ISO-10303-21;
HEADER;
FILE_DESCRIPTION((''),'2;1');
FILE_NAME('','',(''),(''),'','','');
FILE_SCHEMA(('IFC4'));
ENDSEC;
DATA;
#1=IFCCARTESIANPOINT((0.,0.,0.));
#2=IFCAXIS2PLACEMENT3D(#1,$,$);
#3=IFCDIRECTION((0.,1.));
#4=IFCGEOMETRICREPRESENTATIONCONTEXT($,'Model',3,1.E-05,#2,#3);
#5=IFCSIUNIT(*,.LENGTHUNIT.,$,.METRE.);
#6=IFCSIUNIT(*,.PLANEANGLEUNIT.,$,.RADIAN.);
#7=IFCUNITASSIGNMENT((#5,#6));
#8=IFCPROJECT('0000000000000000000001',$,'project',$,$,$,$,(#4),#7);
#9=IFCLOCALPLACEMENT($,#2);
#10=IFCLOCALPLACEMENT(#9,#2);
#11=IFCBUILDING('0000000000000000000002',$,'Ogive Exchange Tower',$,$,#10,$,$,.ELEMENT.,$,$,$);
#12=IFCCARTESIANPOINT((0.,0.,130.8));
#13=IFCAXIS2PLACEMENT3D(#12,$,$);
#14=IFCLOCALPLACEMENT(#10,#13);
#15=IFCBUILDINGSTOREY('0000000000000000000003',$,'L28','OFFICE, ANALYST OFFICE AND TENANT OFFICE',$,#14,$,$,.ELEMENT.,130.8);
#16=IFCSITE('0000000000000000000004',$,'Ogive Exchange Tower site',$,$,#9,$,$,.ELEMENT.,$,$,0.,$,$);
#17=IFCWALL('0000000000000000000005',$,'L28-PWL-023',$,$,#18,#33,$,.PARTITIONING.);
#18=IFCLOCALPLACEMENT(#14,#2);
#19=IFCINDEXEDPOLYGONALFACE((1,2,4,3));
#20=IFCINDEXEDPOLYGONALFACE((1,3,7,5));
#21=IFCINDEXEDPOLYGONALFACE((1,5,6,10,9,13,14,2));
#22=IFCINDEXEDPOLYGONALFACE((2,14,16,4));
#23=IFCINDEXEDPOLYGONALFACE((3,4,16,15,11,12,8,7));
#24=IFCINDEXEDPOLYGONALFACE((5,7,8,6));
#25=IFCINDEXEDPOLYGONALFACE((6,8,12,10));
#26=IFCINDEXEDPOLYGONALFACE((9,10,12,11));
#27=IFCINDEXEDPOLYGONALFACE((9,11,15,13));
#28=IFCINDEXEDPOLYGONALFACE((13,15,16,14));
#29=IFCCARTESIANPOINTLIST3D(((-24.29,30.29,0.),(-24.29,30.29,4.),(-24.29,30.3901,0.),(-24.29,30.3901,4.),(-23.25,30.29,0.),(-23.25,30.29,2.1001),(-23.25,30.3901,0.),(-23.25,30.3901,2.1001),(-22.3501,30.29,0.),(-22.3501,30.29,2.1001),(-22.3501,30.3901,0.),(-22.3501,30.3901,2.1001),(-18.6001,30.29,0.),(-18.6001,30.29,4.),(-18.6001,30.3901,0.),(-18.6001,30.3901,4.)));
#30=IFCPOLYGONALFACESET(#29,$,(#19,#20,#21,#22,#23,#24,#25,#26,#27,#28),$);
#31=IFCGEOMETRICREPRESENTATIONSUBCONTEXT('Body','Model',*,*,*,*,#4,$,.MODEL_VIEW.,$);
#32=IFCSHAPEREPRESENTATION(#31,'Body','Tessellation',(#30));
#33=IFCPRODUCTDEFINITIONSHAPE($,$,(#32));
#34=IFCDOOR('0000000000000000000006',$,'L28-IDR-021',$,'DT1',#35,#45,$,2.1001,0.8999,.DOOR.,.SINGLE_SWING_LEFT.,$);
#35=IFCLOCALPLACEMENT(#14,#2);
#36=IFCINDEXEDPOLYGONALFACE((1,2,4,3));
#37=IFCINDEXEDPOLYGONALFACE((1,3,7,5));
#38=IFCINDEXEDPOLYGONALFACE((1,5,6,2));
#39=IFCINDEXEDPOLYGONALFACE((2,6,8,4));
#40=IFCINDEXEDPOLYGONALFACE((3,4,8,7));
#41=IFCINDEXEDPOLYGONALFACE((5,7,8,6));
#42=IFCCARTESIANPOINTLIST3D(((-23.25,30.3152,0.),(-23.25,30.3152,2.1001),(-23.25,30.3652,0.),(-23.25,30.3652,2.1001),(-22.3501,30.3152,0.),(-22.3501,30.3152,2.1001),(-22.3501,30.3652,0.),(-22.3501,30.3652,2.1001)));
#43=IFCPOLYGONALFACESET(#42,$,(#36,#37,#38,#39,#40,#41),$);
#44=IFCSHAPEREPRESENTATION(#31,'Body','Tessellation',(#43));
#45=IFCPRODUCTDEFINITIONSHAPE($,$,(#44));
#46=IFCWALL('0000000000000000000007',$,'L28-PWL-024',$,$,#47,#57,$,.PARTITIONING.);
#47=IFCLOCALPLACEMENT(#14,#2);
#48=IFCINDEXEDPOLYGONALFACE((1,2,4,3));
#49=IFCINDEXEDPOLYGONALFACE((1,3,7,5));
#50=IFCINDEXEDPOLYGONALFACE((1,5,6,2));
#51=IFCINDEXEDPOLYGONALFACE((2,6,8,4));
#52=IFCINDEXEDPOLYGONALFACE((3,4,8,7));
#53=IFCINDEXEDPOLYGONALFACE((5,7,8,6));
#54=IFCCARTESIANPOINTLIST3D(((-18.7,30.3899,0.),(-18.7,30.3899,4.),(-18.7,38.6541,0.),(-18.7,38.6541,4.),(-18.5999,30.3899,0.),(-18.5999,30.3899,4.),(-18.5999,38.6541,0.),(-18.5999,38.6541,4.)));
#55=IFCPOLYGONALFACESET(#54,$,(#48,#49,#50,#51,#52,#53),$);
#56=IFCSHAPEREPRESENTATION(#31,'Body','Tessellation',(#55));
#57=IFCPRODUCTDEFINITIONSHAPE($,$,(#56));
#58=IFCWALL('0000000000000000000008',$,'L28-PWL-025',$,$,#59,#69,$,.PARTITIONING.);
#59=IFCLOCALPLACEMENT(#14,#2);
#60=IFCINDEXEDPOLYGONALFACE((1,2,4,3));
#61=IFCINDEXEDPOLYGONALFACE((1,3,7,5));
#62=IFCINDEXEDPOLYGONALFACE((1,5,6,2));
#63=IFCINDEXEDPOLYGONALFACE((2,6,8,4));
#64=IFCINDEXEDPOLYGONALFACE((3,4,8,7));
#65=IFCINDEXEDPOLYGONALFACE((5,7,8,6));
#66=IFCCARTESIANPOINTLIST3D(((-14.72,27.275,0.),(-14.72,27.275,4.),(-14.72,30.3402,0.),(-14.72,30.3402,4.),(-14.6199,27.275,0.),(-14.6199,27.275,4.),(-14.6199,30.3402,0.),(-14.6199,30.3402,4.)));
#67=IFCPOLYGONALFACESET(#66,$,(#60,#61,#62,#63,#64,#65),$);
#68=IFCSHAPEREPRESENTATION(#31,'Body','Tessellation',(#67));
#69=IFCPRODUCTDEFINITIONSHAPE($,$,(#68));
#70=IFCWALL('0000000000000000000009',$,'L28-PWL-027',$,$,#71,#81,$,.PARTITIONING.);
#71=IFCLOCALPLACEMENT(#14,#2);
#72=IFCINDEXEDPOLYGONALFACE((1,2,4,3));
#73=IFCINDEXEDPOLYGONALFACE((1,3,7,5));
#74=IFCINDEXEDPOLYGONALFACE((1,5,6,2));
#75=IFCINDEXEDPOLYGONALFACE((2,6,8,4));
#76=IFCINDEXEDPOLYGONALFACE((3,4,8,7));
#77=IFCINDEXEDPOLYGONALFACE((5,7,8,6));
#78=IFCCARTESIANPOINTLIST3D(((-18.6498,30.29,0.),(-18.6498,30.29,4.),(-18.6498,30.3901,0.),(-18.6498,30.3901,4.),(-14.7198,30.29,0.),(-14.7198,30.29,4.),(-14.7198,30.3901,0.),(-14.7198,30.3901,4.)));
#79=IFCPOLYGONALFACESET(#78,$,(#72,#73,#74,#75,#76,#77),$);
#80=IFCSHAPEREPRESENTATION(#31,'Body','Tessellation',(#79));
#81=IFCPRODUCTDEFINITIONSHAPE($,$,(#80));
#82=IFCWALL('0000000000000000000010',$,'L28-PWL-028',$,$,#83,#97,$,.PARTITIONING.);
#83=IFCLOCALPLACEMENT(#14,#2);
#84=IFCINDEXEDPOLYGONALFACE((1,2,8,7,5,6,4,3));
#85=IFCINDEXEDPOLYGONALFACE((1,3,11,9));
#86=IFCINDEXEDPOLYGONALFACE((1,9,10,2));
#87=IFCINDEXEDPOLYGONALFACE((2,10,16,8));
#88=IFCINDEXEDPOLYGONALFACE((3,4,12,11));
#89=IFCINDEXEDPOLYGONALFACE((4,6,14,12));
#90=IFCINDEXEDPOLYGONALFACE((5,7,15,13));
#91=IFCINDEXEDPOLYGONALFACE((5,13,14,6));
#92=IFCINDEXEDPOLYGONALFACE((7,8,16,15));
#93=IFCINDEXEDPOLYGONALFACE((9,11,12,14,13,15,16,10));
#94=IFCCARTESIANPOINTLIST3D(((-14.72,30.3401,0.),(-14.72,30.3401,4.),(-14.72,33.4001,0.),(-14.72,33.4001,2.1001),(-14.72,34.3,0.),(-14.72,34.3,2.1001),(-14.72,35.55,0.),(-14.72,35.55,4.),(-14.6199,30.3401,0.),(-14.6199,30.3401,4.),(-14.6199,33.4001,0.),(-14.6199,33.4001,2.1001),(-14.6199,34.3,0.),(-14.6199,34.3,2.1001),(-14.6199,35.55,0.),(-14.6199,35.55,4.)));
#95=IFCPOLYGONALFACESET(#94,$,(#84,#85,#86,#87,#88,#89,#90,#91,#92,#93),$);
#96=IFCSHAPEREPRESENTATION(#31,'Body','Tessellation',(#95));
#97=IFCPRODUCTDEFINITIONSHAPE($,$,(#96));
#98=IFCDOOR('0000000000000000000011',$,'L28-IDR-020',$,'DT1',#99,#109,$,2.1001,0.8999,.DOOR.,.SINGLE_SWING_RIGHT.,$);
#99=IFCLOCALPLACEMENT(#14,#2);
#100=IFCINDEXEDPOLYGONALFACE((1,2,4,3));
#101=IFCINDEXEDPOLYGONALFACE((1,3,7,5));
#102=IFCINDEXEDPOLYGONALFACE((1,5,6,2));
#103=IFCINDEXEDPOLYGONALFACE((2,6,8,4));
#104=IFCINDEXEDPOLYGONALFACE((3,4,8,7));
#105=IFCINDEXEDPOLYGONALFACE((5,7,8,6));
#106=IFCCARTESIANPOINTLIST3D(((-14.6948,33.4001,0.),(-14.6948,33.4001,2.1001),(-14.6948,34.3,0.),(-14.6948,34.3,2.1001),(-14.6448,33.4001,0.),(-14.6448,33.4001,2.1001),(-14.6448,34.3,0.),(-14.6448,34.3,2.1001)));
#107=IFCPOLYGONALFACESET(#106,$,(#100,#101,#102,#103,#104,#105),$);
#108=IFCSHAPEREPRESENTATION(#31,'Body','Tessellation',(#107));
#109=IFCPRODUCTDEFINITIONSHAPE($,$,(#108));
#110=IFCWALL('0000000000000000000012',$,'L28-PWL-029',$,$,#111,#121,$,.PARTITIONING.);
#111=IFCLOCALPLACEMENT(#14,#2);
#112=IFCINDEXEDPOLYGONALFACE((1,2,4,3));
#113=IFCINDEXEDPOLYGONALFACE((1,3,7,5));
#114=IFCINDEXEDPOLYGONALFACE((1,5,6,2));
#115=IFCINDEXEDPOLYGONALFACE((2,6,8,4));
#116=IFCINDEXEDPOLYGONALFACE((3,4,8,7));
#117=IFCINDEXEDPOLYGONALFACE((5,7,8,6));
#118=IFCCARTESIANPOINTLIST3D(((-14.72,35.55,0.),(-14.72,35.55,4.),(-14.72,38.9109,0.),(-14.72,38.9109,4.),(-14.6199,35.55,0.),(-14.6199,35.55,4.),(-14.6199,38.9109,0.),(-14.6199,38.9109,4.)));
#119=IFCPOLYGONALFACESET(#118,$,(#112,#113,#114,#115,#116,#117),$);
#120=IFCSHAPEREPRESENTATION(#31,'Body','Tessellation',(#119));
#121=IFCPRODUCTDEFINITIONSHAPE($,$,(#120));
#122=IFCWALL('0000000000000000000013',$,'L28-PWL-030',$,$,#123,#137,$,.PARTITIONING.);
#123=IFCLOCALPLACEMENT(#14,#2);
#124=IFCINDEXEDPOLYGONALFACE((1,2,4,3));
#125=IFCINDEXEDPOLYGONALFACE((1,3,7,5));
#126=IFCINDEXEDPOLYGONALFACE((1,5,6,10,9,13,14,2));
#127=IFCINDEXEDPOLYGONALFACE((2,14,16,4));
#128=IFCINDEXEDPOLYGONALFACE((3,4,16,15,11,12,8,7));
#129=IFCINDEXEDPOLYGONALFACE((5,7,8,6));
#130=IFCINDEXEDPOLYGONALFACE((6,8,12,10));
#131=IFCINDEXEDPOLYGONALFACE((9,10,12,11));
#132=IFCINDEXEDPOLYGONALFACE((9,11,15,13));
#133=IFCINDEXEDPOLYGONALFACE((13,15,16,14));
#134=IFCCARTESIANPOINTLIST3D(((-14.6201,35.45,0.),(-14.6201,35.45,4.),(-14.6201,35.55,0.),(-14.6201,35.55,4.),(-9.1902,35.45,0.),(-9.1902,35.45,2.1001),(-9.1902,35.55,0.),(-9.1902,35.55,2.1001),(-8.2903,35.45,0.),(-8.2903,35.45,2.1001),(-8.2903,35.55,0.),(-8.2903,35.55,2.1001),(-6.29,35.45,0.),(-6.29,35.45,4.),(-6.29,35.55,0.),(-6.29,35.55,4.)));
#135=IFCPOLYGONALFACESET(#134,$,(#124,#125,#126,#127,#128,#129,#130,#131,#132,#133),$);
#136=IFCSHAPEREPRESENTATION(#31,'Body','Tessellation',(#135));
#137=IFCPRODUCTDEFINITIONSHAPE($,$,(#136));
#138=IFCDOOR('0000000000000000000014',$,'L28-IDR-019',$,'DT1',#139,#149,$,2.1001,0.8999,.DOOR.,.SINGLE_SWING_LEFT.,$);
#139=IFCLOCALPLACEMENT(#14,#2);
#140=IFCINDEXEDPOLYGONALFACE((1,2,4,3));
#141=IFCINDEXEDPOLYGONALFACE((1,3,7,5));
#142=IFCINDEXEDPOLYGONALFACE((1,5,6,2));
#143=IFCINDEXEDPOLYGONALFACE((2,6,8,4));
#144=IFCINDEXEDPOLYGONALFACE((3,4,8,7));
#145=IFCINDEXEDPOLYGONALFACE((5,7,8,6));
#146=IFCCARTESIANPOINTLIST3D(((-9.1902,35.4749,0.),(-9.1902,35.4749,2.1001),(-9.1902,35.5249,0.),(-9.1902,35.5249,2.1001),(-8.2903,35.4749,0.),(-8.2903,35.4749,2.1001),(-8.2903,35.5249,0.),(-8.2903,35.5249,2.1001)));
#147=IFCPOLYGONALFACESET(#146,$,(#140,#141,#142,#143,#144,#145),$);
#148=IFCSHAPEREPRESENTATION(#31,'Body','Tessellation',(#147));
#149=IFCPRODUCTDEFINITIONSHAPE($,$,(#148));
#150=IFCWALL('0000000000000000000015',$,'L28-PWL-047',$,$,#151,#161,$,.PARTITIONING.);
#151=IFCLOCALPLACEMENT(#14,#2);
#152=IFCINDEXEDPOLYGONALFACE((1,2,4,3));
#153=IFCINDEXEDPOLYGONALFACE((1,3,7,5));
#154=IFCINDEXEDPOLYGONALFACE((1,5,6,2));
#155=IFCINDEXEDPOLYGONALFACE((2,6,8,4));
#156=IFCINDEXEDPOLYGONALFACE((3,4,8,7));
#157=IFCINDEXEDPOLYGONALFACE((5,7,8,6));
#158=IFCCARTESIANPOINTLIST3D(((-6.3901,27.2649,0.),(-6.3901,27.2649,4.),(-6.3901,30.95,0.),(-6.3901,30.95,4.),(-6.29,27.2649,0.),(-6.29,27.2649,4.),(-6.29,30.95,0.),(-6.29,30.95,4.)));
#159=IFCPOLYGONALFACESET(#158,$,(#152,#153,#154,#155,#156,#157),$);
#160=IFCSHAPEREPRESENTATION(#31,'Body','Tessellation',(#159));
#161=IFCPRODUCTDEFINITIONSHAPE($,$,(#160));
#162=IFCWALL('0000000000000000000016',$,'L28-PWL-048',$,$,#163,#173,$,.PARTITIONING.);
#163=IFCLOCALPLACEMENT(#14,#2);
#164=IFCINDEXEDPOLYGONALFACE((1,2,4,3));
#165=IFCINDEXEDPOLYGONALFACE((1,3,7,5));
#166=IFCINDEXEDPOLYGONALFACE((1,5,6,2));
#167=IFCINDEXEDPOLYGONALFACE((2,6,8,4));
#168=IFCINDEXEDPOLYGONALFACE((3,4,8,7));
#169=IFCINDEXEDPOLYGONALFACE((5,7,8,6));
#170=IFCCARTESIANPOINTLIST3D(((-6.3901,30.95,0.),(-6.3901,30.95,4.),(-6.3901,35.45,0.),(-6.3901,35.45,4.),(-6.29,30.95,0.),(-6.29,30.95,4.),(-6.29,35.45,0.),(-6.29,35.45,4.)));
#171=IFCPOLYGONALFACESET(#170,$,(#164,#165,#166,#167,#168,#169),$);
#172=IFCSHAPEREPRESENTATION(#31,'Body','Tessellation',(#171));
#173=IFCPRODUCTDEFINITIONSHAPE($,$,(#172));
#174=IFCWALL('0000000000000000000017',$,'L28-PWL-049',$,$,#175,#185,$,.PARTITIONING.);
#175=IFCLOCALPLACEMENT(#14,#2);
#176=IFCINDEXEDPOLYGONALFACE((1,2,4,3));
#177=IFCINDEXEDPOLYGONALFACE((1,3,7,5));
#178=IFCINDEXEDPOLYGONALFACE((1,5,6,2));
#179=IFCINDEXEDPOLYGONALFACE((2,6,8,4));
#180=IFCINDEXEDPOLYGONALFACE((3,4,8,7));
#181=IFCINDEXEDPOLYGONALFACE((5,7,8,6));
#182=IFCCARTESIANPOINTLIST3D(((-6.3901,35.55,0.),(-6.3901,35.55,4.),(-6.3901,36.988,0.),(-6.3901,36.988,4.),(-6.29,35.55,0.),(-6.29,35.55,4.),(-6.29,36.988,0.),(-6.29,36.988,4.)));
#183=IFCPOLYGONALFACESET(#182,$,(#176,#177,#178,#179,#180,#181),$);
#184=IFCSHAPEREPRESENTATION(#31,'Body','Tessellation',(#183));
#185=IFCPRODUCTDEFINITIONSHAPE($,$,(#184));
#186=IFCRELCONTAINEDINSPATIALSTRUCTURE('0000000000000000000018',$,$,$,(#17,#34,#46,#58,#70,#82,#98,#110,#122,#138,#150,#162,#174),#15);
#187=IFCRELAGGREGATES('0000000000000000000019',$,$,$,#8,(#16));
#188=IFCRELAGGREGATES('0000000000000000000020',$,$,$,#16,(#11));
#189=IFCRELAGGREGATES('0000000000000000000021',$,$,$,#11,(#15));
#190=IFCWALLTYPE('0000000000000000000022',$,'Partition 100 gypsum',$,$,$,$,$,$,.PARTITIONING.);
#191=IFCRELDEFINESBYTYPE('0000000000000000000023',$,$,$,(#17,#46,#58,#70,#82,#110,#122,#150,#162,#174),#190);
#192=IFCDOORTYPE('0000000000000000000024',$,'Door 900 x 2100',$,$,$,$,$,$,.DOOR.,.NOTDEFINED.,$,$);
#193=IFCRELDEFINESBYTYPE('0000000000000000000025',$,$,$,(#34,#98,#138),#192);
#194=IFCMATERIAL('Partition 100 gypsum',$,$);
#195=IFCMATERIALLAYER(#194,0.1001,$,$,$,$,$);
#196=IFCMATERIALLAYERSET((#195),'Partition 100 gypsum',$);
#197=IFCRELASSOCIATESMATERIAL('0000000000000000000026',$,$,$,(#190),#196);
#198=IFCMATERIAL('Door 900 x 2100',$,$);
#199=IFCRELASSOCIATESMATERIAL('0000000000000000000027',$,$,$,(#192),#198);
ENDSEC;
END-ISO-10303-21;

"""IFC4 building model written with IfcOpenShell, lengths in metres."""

from ifc_helpers import new_model, si_unit, direction, frame, frame_2d, origin, place, context, subcontext, project, spatial, rectangle, extrude, material, layer, layer_set, type_object, element, fill, save


model = new_model("IFC4")

# Units and contexts
model_context = context("Model", 3, precision=1e-05, world=origin(), true_north=direction((0.0, 1.0)))
body_context = subcontext(model_context, "Body", "Model", "MODEL_VIEW")
ifc_project = project(units=[si_unit("LENGTHUNIT", "METRE"), si_unit("PLANEANGLEUNIT", "RADIAN")], contexts=[model_context])

# Site, building, storey
site_placement = place(None, origin())
site = spatial("IfcSite", under=ifc_project, at=site_placement, Name="Ogive Exchange Tower site", CompositionType="ELEMENT", RefElevation=0.0)
building_placement = place(site_placement, origin())
building = spatial("IfcBuilding", under=site, at=building_placement, Name="Ogive Exchange Tower", CompositionType="ELEMENT")
storey_placement = place(building_placement, frame((0.0, 0.0, 130.8)))
storey = spatial("IfcBuildingStorey", under=building, at=storey_placement, Name="L28", Description="OFFICE, ANALYST OFFICE AND TENANT OFFICE", CompositionType="ELEMENT", Elevation=130.8)

# Wall, opening, door
ifc_material_1 = material(Name="Partition 100 gypsum")
ifc_layer_1 = layer(ifc_material_1, 0.1001)
ifc_layer_set_1 = layer_set([ifc_layer_1], Name="Partition 100 gypsum")
wall_type_1 = type_object("IfcWallType", Name="Partition 100 gypsum", PredefinedType="PARTITIONING", material=ifc_layer_set_1)
wall_1_placement = place(storey_placement, frame((-18.6001, 30.3401, 0.0), z_axis=(0.0, 0.0, 1.0), x_axis=(-1.0, 0.0, 0.0)))
wall_1 = element("IfcWall", 1, at=wall_1_placement, inside=storey, type_object=wall_type_1, Name="L28-PWL-023", PredefinedType="PARTITIONING", context=body_context, shape_type="SweptSolid", body=[
    extrude(rectangle(XDim=5.6899, YDim=0.1001, at=frame_2d((2.845, 0.0))), origin(), (0.0, 0.0, 1.0), 4.0),
])
opening_1_placement = place(wall_1_placement, frame((3.75, 0.0, 0.0)))
opening_1 = element("IfcOpeningElement", 2, at=opening_1_placement, cuts=wall_1, PredefinedType="OPENING", context=body_context, shape_type="SweptSolid", body=[
    extrude(rectangle(XDim=0.8999, YDim=2.1001, at=frame_2d((0.45, 1.05))), frame((0.0, 0.0601, 0.0), z_axis=(0.0, -1.0, 0.0), x_axis=(1.0, 0.0, 0.0)), (0.0, 0.0, 1.0), 0.1201),
])
ifc_material_2 = material(Name="Door 900 x 2100")
door_type_1 = type_object("IfcDoorType", Name="Door 900 x 2100", OperationType="NOTDEFINED", PredefinedType="DOOR", material=ifc_material_2)
door_1_placement = place(opening_1_placement, origin())
door_1 = element("IfcDoor", 3, at=door_1_placement, inside=storey, type_object=door_type_1, Name="L28-IDR-021", ObjectType="DT1", OperationType="SINGLE_SWING_LEFT", OverallHeight=2.1001, OverallWidth=0.8999, PredefinedType="DOOR", context=body_context, shape_type="SweptSolid", body=[
    extrude(rectangle(XDim=0.8999, YDim=2.1001, at=frame_2d((0.45, 1.05))), frame((0.0, 0.0249, 0.0), z_axis=(0.0, -1.0, 0.0), x_axis=(1.0, 0.0, 0.0)), (0.0, 0.0, 1.0), 0.05),
])
fill(opening_1, door_1)

# Walls
wall_2_placement = place(storey_placement, frame((-18.6499, 30.3899, 0.0), z_axis=(0.0, 0.0, 1.0), x_axis=(0.0, 1.0, 0.0)))
element("IfcWall", 4, at=wall_2_placement, inside=storey, type_object=wall_type_1, Name="L28-PWL-024", PredefinedType="PARTITIONING", context=body_context, shape_type="SweptSolid", body=[
    extrude(rectangle(XDim=8.2642, YDim=0.1001, at=frame_2d((4.1321, 0.0))), origin(), (0.0, 0.0, 1.0), 4.0),
])
wall_3_placement = place(storey_placement, frame((-14.6699, 27.2749, 0.0), z_axis=(0.0, 0.0, 1.0), x_axis=(0.0, 1.0, 0.0)))
element("IfcWall", 5, at=wall_3_placement, inside=storey, type_object=wall_type_1, Name="L28-PWL-025", PredefinedType="PARTITIONING", context=body_context, shape_type="SweptSolid", body=[
    extrude(rectangle(XDim=3.0652, YDim=0.1001, at=frame_2d((1.5327, 0.0))), origin(), (0.0, 0.0, 1.0), 4.0),
])
wall_4_placement = place(storey_placement, frame((-14.72, 30.3401, 0.0), z_axis=(0.0, 0.0, 1.0), x_axis=(-1.0, 0.0, 0.0)))
element("IfcWall", 6, at=wall_4_placement, inside=storey, type_object=wall_type_1, Name="L28-PWL-027", PredefinedType="PARTITIONING", context=body_context, shape_type="SweptSolid", body=[
    extrude(rectangle(XDim=3.9299, YDim=0.1001, at=frame_2d((1.9648, 0.0))), origin(), (0.0, 0.0, 1.0), 4.0),
])

# Wall, opening, door
wall_5_placement = place(storey_placement, frame((-14.6699, 30.3401, 0.0), z_axis=(0.0, 0.0, 1.0), x_axis=(0.0, 1.0, 0.0)))
wall_5 = element("IfcWall", 7, at=wall_5_placement, inside=storey, type_object=wall_type_1, Name="L28-PWL-028", PredefinedType="PARTITIONING", context=body_context, shape_type="SweptSolid", body=[
    extrude(rectangle(XDim=5.21, YDim=0.1001, at=frame_2d((2.605, 0.0))), origin(), (0.0, 0.0, 1.0), 4.0),
])
opening_2_placement = place(wall_5_placement, frame((3.0601, 0.0, 0.0)))
opening_2 = element("IfcOpeningElement", 8, at=opening_2_placement, cuts=wall_5, PredefinedType="OPENING", context=body_context, shape_type="SweptSolid", body=[
    extrude(rectangle(XDim=0.8999, YDim=2.1001, at=frame_2d((0.45, 1.05))), frame((0.0, 0.0601, 0.0), z_axis=(0.0, -1.0, 0.0), x_axis=(1.0, 0.0, 0.0)), (0.0, 0.0, 1.0), 0.1201),
])
door_2_placement = place(opening_2_placement, origin())
door_2 = element("IfcDoor", 9, at=door_2_placement, inside=storey, type_object=door_type_1, Name="L28-IDR-020", ObjectType="DT1", OperationType="SINGLE_SWING_RIGHT", OverallHeight=2.1001, OverallWidth=0.8999, PredefinedType="DOOR", context=body_context, shape_type="SweptSolid", body=[
    extrude(rectangle(XDim=0.8999, YDim=2.1001, at=frame_2d((0.45, 1.05))), frame((0.0, 0.0249, 0.0), z_axis=(0.0, -1.0, 0.0), x_axis=(1.0, 0.0, 0.0)), (0.0, 0.0, 1.0), 0.05),
])
fill(opening_2, door_2)

# Wall
wall_6_placement = place(storey_placement, frame((-14.6699, 35.55, 0.0), z_axis=(0.0, 0.0, 1.0), x_axis=(0.0, 1.0, 0.0)))
element("IfcWall", 10, at=wall_6_placement, inside=storey, type_object=wall_type_1, Name="L28-PWL-029", PredefinedType="PARTITIONING", context=body_context, shape_type="SweptSolid", body=[
    extrude(rectangle(XDim=3.3608, YDim=0.1001, at=frame_2d((1.6804, 0.0))), origin(), (0.0, 0.0, 1.0), 4.0),
])

# Wall, opening, door
wall_7_placement = place(storey_placement, frame((-14.6201, 35.5, 0.0), z_axis=(0.0, 0.0, 1.0), x_axis=(1.0, 0.0, 0.0)))
wall_7 = element("IfcWall", 11, at=wall_7_placement, inside=storey, type_object=wall_type_1, Name="L28-PWL-030", PredefinedType="PARTITIONING", context=body_context, shape_type="SweptSolid", body=[
    extrude(rectangle(XDim=8.3301, YDim=0.1001, at=frame_2d((4.165, 0.0))), origin(), (0.0, 0.0, 1.0), 4.0),
])
opening_3_placement = place(wall_7_placement, frame((5.4299, 0.0, 0.0)))
opening_3 = element("IfcOpeningElement", 12, at=opening_3_placement, cuts=wall_7, PredefinedType="OPENING", context=body_context, shape_type="SweptSolid", body=[
    extrude(rectangle(XDim=0.8999, YDim=2.1001, at=frame_2d((0.45, 1.05))), frame((0.0, 0.0601, 0.0), z_axis=(0.0, -1.0, 0.0), x_axis=(1.0, 0.0, 0.0)), (0.0, 0.0, 1.0), 0.1201),
])
door_3_placement = place(opening_3_placement, origin())
door_3 = element("IfcDoor", 13, at=door_3_placement, inside=storey, type_object=door_type_1, Name="L28-IDR-019", ObjectType="DT1", OperationType="SINGLE_SWING_LEFT", OverallHeight=2.1001, OverallWidth=0.8999, PredefinedType="DOOR", context=body_context, shape_type="SweptSolid", body=[
    extrude(rectangle(XDim=0.8999, YDim=2.1001, at=frame_2d((0.45, 1.05))), frame((0.0, 0.0249, 0.0), z_axis=(0.0, -1.0, 0.0), x_axis=(1.0, 0.0, 0.0)), (0.0, 0.0, 1.0), 0.05),
])
fill(opening_3, door_3)

# Walls
wall_8_placement = place(storey_placement, frame((-6.3401, 27.2649, 0.0), z_axis=(0.0, 0.0, 1.0), x_axis=(0.0, 1.0, 0.0)))
element("IfcWall", 14, at=wall_8_placement, inside=storey, type_object=wall_type_1, Name="L28-PWL-047", PredefinedType="PARTITIONING", context=body_context, shape_type="SweptSolid", body=[
    extrude(rectangle(XDim=3.6851, YDim=0.1001, at=frame_2d((1.8425, 0.0))), origin(), (0.0, 0.0, 1.0), 4.0),
])
wall_9_placement = place(storey_placement, frame((-6.3401, 30.95, 0.0), z_axis=(0.0, 0.0, 1.0), x_axis=(0.0, 1.0, 0.0)))
element("IfcWall", 15, at=wall_9_placement, inside=storey, type_object=wall_type_1, Name="L28-PWL-048", PredefinedType="PARTITIONING", context=body_context, shape_type="SweptSolid", body=[
    extrude(rectangle(XDim=4.5, YDim=0.1001, at=frame_2d((2.25, 0.0))), origin(), (0.0, 0.0, 1.0), 4.0),
])
wall_10_placement = place(storey_placement, frame((-6.3401, 35.55, 0.0), z_axis=(0.0, 0.0, 1.0), x_axis=(0.0, 1.0, 0.0)))
element("IfcWall", 16, at=wall_10_placement, inside=storey, type_object=wall_type_1, Name="L28-PWL-049", PredefinedType="PARTITIONING", context=body_context, shape_type="SweptSolid", body=[
    extrude(rectangle(XDim=1.438, YDim=0.1001, at=frame_2d((0.719, 0.0))), origin(), (0.0, 0.0, 1.0), 4.0),
])

save(model, "model.ifc")
